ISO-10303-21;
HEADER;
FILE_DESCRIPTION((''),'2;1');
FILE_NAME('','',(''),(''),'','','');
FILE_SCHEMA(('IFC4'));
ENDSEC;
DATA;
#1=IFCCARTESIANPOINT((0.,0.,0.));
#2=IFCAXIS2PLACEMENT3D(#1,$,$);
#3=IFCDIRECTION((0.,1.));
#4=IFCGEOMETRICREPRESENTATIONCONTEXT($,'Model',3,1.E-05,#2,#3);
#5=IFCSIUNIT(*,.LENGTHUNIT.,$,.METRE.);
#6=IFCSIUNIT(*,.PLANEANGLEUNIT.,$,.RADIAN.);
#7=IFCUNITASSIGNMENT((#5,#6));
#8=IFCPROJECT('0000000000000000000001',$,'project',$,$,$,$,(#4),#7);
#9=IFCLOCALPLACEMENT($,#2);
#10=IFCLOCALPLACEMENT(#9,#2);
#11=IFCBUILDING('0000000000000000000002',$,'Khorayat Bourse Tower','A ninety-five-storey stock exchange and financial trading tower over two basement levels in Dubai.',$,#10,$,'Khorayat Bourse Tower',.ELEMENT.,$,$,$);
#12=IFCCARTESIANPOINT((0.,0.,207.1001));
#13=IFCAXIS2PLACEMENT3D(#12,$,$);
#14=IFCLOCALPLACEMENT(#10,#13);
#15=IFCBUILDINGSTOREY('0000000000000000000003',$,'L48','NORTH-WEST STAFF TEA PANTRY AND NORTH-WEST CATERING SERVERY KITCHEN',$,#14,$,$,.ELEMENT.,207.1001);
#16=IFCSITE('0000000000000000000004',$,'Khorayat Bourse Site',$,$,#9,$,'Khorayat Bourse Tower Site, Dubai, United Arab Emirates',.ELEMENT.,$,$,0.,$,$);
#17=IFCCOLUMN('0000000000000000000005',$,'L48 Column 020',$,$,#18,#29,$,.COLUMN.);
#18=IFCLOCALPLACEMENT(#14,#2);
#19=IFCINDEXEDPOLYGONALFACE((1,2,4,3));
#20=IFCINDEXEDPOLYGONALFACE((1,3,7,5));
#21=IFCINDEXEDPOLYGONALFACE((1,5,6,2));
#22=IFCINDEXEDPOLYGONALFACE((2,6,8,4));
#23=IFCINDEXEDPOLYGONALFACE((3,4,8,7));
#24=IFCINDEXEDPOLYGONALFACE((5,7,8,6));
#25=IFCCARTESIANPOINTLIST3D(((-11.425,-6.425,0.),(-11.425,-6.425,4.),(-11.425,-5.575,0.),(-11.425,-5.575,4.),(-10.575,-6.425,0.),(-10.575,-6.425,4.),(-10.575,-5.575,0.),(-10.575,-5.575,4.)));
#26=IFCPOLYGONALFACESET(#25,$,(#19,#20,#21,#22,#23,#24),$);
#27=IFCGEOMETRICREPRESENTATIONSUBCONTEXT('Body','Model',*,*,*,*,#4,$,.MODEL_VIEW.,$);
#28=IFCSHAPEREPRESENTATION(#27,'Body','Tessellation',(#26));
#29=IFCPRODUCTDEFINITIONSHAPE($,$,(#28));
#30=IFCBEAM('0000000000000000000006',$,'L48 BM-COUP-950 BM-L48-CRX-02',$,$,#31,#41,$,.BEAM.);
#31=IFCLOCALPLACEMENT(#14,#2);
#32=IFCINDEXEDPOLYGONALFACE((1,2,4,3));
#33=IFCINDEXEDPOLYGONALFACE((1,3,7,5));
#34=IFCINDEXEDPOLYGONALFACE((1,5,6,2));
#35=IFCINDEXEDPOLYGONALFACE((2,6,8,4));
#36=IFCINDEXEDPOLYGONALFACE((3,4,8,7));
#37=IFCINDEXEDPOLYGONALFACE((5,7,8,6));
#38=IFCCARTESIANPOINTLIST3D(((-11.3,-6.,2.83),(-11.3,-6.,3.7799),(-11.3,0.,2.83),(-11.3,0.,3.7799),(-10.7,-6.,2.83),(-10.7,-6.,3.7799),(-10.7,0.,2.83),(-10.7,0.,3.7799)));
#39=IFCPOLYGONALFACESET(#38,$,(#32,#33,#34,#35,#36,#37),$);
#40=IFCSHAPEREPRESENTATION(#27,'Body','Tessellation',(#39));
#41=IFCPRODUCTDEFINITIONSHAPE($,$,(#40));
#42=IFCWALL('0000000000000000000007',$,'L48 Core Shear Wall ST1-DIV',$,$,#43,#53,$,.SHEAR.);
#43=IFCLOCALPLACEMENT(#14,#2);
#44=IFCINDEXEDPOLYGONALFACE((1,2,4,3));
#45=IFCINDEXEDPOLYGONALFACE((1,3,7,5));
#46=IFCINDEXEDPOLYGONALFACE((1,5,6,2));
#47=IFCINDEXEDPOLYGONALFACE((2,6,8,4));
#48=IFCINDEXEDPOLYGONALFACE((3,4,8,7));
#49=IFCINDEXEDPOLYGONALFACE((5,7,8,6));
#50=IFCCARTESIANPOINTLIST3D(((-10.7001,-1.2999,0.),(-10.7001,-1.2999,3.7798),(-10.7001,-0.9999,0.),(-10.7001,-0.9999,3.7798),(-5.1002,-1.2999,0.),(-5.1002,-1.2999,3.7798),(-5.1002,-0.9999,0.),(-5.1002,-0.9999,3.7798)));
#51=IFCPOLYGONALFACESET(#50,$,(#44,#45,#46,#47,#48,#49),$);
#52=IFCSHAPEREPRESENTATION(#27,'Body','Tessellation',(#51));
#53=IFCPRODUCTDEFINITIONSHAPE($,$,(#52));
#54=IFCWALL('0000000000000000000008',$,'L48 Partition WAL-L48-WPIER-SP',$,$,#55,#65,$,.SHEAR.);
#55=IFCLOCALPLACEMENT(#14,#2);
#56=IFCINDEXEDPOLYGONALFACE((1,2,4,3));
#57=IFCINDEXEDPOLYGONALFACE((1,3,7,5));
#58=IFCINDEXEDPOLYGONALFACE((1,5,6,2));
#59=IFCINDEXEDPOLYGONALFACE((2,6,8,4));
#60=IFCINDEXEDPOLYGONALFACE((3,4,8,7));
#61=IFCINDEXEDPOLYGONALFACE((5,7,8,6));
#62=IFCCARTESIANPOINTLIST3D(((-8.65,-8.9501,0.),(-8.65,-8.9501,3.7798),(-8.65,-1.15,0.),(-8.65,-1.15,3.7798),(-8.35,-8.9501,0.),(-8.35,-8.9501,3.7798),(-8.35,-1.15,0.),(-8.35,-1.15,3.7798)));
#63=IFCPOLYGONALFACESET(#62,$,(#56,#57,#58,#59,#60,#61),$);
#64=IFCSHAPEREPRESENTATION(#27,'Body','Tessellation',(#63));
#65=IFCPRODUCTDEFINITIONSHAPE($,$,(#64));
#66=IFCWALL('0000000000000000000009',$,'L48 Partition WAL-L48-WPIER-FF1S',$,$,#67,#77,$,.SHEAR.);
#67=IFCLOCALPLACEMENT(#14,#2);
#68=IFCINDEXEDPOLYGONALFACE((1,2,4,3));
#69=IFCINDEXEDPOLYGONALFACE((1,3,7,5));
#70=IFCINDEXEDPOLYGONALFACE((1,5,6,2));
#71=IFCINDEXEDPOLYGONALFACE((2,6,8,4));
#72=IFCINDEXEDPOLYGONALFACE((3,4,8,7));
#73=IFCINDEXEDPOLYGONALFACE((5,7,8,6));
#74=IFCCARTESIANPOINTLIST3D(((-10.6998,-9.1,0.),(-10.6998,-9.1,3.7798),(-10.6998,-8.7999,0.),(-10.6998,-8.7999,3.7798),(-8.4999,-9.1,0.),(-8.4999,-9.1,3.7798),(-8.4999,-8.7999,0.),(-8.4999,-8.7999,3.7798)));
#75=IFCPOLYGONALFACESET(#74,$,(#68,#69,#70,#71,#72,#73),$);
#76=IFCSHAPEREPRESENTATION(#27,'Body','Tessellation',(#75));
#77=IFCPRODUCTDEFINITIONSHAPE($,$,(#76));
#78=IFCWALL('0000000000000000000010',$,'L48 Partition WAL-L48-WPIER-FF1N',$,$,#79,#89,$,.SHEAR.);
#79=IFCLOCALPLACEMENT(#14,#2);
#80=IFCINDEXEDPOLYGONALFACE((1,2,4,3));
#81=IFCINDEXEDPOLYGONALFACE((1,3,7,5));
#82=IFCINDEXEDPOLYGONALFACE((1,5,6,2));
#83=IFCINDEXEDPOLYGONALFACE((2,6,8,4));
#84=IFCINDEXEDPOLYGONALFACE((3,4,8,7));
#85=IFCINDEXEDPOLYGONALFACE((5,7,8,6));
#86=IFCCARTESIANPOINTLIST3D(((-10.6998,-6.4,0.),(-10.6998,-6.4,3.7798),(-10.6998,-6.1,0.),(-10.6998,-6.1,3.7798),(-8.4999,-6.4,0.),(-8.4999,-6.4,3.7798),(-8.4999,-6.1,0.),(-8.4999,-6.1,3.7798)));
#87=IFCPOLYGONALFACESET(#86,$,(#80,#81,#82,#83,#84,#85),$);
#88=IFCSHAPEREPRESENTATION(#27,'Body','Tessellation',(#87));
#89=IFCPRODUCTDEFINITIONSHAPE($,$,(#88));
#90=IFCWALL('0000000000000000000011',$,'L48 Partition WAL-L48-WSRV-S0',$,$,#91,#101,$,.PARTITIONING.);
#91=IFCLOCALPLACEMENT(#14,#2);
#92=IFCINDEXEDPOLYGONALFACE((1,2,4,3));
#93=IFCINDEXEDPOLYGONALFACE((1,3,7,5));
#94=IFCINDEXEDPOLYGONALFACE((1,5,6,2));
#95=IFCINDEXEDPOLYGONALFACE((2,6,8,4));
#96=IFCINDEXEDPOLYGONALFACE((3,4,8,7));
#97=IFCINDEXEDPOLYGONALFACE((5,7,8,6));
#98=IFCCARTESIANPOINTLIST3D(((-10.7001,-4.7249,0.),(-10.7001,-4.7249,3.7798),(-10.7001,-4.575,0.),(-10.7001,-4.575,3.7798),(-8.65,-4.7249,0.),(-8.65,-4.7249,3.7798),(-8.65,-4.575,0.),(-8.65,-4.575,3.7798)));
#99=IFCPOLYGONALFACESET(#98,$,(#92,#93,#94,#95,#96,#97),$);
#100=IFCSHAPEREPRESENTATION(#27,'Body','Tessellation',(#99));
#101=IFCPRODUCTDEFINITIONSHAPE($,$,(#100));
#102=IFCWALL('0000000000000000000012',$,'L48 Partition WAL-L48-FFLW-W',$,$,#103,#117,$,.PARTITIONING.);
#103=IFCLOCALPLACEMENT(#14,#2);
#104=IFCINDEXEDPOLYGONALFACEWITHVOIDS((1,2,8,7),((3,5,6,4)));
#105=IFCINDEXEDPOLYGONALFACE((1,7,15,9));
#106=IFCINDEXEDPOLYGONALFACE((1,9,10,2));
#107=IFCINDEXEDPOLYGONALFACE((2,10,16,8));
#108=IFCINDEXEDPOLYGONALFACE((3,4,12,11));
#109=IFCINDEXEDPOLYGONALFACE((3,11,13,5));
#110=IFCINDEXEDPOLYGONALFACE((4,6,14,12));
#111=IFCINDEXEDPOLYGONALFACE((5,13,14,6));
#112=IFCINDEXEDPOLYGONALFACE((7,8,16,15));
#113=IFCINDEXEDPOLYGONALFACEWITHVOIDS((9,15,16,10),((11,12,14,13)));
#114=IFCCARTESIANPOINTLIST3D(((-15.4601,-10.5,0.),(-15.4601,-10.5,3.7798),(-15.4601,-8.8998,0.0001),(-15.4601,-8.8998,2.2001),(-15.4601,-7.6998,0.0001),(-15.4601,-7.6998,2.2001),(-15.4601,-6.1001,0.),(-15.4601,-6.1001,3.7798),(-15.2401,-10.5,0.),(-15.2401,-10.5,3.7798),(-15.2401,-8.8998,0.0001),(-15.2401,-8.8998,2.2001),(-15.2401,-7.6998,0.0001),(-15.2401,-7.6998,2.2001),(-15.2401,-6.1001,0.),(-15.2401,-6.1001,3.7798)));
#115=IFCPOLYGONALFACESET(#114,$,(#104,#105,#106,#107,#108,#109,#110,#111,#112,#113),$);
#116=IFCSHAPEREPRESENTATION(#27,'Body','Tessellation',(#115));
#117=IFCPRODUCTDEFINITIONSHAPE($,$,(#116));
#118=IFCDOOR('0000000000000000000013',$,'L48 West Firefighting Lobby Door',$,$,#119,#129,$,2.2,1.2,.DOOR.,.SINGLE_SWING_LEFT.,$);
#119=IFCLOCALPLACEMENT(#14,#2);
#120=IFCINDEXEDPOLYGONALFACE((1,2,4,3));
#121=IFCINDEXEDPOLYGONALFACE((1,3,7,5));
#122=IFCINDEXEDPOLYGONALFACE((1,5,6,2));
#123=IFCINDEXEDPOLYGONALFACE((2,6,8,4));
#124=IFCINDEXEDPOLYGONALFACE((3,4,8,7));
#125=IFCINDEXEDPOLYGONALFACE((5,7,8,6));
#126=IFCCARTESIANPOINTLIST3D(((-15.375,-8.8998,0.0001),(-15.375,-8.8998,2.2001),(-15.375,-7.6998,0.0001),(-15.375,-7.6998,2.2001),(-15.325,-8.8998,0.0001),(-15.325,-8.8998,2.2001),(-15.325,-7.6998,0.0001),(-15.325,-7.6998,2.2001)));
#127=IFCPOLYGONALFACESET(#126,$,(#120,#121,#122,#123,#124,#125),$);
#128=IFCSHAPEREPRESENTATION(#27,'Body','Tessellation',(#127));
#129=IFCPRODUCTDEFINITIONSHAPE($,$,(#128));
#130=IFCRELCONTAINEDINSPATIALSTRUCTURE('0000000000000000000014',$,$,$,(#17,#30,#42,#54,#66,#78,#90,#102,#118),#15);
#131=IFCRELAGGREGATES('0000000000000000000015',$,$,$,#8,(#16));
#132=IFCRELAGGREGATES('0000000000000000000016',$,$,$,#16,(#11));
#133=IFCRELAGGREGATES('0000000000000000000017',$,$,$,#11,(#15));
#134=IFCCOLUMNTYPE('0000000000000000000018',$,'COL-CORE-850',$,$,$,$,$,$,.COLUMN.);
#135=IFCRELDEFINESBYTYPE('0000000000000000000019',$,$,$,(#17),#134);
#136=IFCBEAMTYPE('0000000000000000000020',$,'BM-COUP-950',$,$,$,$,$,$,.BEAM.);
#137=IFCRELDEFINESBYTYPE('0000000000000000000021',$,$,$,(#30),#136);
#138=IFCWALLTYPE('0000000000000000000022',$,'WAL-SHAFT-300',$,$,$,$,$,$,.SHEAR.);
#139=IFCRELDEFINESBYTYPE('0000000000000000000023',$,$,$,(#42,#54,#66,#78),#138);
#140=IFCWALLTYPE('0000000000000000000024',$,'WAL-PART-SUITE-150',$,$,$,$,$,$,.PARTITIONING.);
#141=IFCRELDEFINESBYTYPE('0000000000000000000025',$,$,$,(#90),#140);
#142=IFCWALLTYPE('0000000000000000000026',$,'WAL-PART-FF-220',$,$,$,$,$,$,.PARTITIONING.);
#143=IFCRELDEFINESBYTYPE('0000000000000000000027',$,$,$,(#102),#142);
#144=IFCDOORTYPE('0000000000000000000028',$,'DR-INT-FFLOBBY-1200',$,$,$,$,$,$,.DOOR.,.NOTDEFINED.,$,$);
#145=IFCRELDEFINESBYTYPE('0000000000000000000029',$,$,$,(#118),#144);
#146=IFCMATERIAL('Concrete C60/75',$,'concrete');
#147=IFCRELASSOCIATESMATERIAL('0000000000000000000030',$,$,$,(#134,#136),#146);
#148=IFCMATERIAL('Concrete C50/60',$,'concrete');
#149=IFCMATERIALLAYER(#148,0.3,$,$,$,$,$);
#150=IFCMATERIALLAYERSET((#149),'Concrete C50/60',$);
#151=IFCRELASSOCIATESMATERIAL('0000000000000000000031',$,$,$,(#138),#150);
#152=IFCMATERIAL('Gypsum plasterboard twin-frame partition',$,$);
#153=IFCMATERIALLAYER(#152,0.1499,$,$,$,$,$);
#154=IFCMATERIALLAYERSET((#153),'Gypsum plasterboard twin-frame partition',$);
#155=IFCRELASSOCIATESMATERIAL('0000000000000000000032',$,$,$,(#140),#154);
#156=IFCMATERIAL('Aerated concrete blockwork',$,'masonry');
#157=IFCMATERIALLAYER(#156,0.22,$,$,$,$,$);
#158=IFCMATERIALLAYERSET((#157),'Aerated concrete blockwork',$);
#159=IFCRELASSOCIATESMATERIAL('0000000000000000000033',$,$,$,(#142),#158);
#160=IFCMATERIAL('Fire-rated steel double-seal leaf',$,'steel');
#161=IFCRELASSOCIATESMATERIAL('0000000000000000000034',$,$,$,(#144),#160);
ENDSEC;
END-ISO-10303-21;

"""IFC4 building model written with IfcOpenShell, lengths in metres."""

from ifc_helpers import new_model, si_unit, direction, frame, frame_2d, origin, origin_2d, place, context, subcontext, project, spatial, rectangle, extrude, source, transform, mapped, material, layer, layer_set, material_profile, profile_set, type_object, element, fill, save


model = new_model("IFC4")

# Units and contexts
model_context = context("Model", 3, precision=1e-05, world=origin(), true_north=direction((0.0, 1.0)))
body_context = subcontext(model_context, "Body", "Model", "MODEL_VIEW")
ifc_project = project(units=[si_unit("LENGTHUNIT", "METRE"), si_unit("PLANEANGLEUNIT", "RADIAN")], contexts=[model_context])

# Site, building, storey
site_placement = place(None, origin())
site = spatial("IfcSite", under=ifc_project, at=site_placement, Name="Khorayat Bourse Site", LongName="Khorayat Bourse Tower Site, Dubai, United Arab Emirates", CompositionType="ELEMENT", RefElevation=0.0)
building_placement = place(site_placement, origin())
building = spatial("IfcBuilding", under=site, at=building_placement, Name="Khorayat Bourse Tower", Description="A ninety-five-storey stock exchange and financial trading tower over two basement levels in Dubai.", LongName="Khorayat Bourse Tower", CompositionType="ELEMENT")
storey_placement = place(building_placement, frame((0.0, 0.0, 207.1001)))
storey = spatial("IfcBuildingStorey", under=building, at=storey_placement, Name="L48", Description="NORTH-WEST STAFF TEA PANTRY AND NORTH-WEST CATERING SERVERY KITCHEN", CompositionType="ELEMENT", Elevation=207.1001)

# Column
ifc_material_1 = material(Name="Concrete C60/75", Category="concrete")
ifc_material_profile_1 = material_profile(ifc_material_1, rectangle(XDim=0.8501, YDim=0.8501, at=origin_2d()), Name="RC 850x850")
ifc_profile_set_1 = profile_set([ifc_material_profile_1], Name="Concrete C60/75")
column_type = type_object("IfcColumnType", Name="COL-CORE-850", PredefinedType="COLUMN", material=ifc_profile_set_1)
shared_shape_1 = source(origin(), body_context, "Body", "SweptSolid", [
    extrude(rectangle(XDim=0.8501, YDim=0.8501, at=origin_2d()), origin(), (0.0, 0.0, 1.0), 4.0),
])
column_placement = place(storey_placement, frame((-11.0, -6.0, 0.0), z_axis=(0.0, 0.0, 1.0), x_axis=(1.0, 0.0, 0.0)))
element("IfcColumn", 1, at=column_placement, inside=storey, type_object=column_type, Name="L48 Column 020", PredefinedType="COLUMN", context=body_context, shape_type="MappedRepresentation", body=[
    mapped(shared_shape_1, transform((0.0, 0.0, 0.0), scale=1.0)),
])

# Beam
ifc_material_profile_2 = material_profile(ifc_material_1, rectangle(XDim=0.6001, YDim=0.95, at=origin_2d()), Name="RC 600x950")
ifc_profile_set_2 = profile_set([ifc_material_profile_2], Name="Concrete C60/75")
beam_type = type_object("IfcBeamType", Name="BM-COUP-950", PredefinedType="BEAM", material=ifc_profile_set_2)
shared_shape_2 = source(origin(), body_context, "Body", "SweptSolid", [
    extrude(rectangle(XDim=0.6001, YDim=0.95, at=origin_2d()), origin(), (0.0, 0.0, 1.0), 6.0),
])
beam_placement = place(storey_placement, frame((-11.0, -6.0, 3.3049), z_axis=(0.0, 1.0, 0.0), x_axis=(-1.0, 0.0, 0.0)))
element("IfcBeam", 2, at=beam_placement, inside=storey, type_object=beam_type, Name="L48 BM-COUP-950 BM-L48-CRX-02", PredefinedType="BEAM", context=body_context, shape_type="MappedRepresentation", body=[
    mapped(shared_shape_2, transform((0.0, 0.0, 0.0), scale=1.0)),
])

# Walls
ifc_material_2 = material(Name="Concrete C50/60", Category="concrete")
ifc_layer_1 = layer(ifc_material_2, 0.3)
ifc_layer_set_1 = layer_set([ifc_layer_1], Name="Concrete C50/60")
wall_type_1 = type_object("IfcWallType", Name="WAL-SHAFT-300", PredefinedType="SHEAR", material=ifc_layer_set_1)
shared_shape_3 = source(origin(), body_context, "Body", "SweptSolid", [
    extrude(rectangle(XDim=5.5999, YDim=0.3, at=frame_2d((2.7998, 0.0))), origin(), (0.0, 0.0, 1.0), 3.7798),
])
wall_1_placement = place(storey_placement, frame((-10.7, -1.1499, 0.0), z_axis=(0.0, 0.0, 1.0), x_axis=(1.0, 0.0, 0.0)))
element("IfcWall", 3, at=wall_1_placement, inside=storey, type_object=wall_type_1, Name="L48 Core Shear Wall ST1-DIV", PredefinedType="SHEAR", context=body_context, shape_type="MappedRepresentation", body=[
    mapped(shared_shape_3, transform((0.0, 0.0, 0.0), scale=1.0)),
])
shared_shape_4 = source(origin(), body_context, "Body", "SweptSolid", [
    extrude(rectangle(XDim=7.8, YDim=0.3, at=frame_2d((3.8999, 0.0))), origin(), (0.0, 0.0, 1.0), 3.7798),
])
wall_2_placement = place(storey_placement, frame((-8.5, -8.95, 0.0), z_axis=(0.0, 0.0, 1.0), x_axis=(0.0, 1.0, 0.0)))
element("IfcWall", 4, at=wall_2_placement, inside=storey, type_object=wall_type_1, Name="L48 Partition WAL-L48-WPIER-SP", PredefinedType="SHEAR", context=body_context, shape_type="MappedRepresentation", body=[
    mapped(shared_shape_4, transform((0.0, 0.0, 0.0), scale=1.0)),
])
shared_shape_5 = source(origin(), body_context, "Body", "SweptSolid", [
    extrude(rectangle(XDim=2.2, YDim=0.3, at=frame_2d((1.1001, 0.0))), origin(), (0.0, 0.0, 1.0), 3.7798),
])
for number, where, z_axis, x_axis, name in (
    (5, (-10.7, -8.95, 0.0), (0.0, 0.0, 1.0), (1.0, 0.0, 0.0), "L48 Partition WAL-L48-WPIER-FF1S"),
    (6, (-10.7, -6.25, 0.0), (0.0, 0.0, 1.0), (1.0, 0.0, 0.0), "L48 Partition WAL-L48-WPIER-FF1N"),
):
    element("IfcWall", number, at=place(storey_placement, frame(where, z_axis=z_axis, x_axis=x_axis)), inside=storey, type_object=wall_type_1, Name=name, PredefinedType="SHEAR", context=body_context, shape_type="MappedRepresentation", body=[
        mapped(shared_shape_5, transform((0.0, 0.0, 0.0), scale=1.0)),
    ])
ifc_material_3 = material(Name="Gypsum plasterboard twin-frame partition")
ifc_layer_2 = layer(ifc_material_3, 0.1499)
ifc_layer_set_2 = layer_set([ifc_layer_2], Name="Gypsum plasterboard twin-frame partition")
wall_type_2 = type_object("IfcWallType", Name="WAL-PART-SUITE-150", PredefinedType="PARTITIONING", material=ifc_layer_set_2)
shared_shape_6 = source(origin(), body_context, "Body", "SweptSolid", [
    extrude(rectangle(XDim=2.05, YDim=0.1499, at=frame_2d((1.0249, 0.0))), origin(), (0.0, 0.0, 1.0), 3.7798),
])
wall_3_placement = place(storey_placement, frame((-10.7, -4.6499, 0.0), z_axis=(0.0, 0.0, 1.0), x_axis=(1.0, 0.0, 0.0)))
element("IfcWall", 7, at=wall_3_placement, inside=storey, type_object=wall_type_2, Name="L48 Partition WAL-L48-WSRV-S0", PredefinedType="PARTITIONING", context=body_context, shape_type="MappedRepresentation", body=[
    mapped(shared_shape_6, transform((0.0, 0.0, 0.0), scale=1.0)),
])

# Wall, opening, door
ifc_material_4 = material(Name="Aerated concrete blockwork", Category="masonry")
ifc_layer_3 = layer(ifc_material_4, 0.22)
ifc_layer_set_3 = layer_set([ifc_layer_3], Name="Aerated concrete blockwork")
wall_type_3 = type_object("IfcWallType", Name="WAL-PART-FF-220", PredefinedType="PARTITIONING", material=ifc_layer_set_3)
shared_shape_7 = source(origin(), body_context, "Body", "SweptSolid", [
    extrude(rectangle(XDim=4.3999, YDim=0.22, at=frame_2d((2.2, 0.0))), origin(), (0.0, 0.0, 1.0), 3.7798),
])
wall_4_placement = place(storey_placement, frame((-15.3501, -10.5, 0.0), z_axis=(0.0, 0.0, 1.0), x_axis=(0.0, 1.0, 0.0)))
wall_4 = element("IfcWall", 8, at=wall_4_placement, inside=storey, type_object=wall_type_3, Name="L48 Partition WAL-L48-FFLW-W", PredefinedType="PARTITIONING", context=body_context, shape_type="MappedRepresentation", body=[
    mapped(shared_shape_7, transform((0.0, 0.0, 0.0), scale=1.0)),
])
shared_shape_8 = source(origin(), body_context, "Body", "SweptSolid", [
    extrude(rectangle(XDim=1.2, YDim=2.2, at=frame_2d((0.6001, 1.1001))), frame((0.0, 0.1199, 0.0), z_axis=(0.0, -1.0, 0.0), x_axis=(1.0, 0.0, 0.0)), (0.0, 0.0, 1.0), 0.24),
])
opening_1_placement = place(wall_4_placement, frame((1.6001, 0.0, 0.0)))
opening_1 = element("IfcOpeningElement", 9, at=opening_1_placement, cuts=wall_4, PredefinedType="OPENING", context=body_context, shape_type="MappedRepresentation", body=[
    mapped(shared_shape_8, transform((0.0, 0.0, 0.0), scale=1.0)),
])
ifc_material_5 = material(Name="Fire-rated steel double-seal leaf", Category="steel")
door_type_1 = type_object("IfcDoorType", Name="DR-INT-FFLOBBY-1200", OperationType="NOTDEFINED", PredefinedType="DOOR", material=ifc_material_5)
shared_shape_9 = source(origin(), body_context, "Body", "SweptSolid", [
    extrude(rectangle(XDim=1.2, YDim=2.2, at=frame_2d((0.6001, 1.1001))), frame((0.0, 0.0249, 0.0), z_axis=(0.0, -1.0, 0.0), x_axis=(1.0, 0.0, 0.0)), (0.0, 0.0, 1.0), 0.05),
])
door_1_placement = place(opening_1_placement, origin())
door_1 = element("IfcDoor", 10, at=door_1_placement, inside=storey, type_object=door_type_1, Name="L48 West Firefighting Lobby Door", OperationType="SINGLE_SWING_LEFT", OverallHeight=2.2, OverallWidth=1.2, PredefinedType="DOOR", context=body_context, shape_type="MappedRepresentation", body=[
    mapped(shared_shape_9, transform((0.0, 0.0, 0.0), scale=1.0)),
])
fill(opening_1, door_1)

save(model, "model.ifc")
